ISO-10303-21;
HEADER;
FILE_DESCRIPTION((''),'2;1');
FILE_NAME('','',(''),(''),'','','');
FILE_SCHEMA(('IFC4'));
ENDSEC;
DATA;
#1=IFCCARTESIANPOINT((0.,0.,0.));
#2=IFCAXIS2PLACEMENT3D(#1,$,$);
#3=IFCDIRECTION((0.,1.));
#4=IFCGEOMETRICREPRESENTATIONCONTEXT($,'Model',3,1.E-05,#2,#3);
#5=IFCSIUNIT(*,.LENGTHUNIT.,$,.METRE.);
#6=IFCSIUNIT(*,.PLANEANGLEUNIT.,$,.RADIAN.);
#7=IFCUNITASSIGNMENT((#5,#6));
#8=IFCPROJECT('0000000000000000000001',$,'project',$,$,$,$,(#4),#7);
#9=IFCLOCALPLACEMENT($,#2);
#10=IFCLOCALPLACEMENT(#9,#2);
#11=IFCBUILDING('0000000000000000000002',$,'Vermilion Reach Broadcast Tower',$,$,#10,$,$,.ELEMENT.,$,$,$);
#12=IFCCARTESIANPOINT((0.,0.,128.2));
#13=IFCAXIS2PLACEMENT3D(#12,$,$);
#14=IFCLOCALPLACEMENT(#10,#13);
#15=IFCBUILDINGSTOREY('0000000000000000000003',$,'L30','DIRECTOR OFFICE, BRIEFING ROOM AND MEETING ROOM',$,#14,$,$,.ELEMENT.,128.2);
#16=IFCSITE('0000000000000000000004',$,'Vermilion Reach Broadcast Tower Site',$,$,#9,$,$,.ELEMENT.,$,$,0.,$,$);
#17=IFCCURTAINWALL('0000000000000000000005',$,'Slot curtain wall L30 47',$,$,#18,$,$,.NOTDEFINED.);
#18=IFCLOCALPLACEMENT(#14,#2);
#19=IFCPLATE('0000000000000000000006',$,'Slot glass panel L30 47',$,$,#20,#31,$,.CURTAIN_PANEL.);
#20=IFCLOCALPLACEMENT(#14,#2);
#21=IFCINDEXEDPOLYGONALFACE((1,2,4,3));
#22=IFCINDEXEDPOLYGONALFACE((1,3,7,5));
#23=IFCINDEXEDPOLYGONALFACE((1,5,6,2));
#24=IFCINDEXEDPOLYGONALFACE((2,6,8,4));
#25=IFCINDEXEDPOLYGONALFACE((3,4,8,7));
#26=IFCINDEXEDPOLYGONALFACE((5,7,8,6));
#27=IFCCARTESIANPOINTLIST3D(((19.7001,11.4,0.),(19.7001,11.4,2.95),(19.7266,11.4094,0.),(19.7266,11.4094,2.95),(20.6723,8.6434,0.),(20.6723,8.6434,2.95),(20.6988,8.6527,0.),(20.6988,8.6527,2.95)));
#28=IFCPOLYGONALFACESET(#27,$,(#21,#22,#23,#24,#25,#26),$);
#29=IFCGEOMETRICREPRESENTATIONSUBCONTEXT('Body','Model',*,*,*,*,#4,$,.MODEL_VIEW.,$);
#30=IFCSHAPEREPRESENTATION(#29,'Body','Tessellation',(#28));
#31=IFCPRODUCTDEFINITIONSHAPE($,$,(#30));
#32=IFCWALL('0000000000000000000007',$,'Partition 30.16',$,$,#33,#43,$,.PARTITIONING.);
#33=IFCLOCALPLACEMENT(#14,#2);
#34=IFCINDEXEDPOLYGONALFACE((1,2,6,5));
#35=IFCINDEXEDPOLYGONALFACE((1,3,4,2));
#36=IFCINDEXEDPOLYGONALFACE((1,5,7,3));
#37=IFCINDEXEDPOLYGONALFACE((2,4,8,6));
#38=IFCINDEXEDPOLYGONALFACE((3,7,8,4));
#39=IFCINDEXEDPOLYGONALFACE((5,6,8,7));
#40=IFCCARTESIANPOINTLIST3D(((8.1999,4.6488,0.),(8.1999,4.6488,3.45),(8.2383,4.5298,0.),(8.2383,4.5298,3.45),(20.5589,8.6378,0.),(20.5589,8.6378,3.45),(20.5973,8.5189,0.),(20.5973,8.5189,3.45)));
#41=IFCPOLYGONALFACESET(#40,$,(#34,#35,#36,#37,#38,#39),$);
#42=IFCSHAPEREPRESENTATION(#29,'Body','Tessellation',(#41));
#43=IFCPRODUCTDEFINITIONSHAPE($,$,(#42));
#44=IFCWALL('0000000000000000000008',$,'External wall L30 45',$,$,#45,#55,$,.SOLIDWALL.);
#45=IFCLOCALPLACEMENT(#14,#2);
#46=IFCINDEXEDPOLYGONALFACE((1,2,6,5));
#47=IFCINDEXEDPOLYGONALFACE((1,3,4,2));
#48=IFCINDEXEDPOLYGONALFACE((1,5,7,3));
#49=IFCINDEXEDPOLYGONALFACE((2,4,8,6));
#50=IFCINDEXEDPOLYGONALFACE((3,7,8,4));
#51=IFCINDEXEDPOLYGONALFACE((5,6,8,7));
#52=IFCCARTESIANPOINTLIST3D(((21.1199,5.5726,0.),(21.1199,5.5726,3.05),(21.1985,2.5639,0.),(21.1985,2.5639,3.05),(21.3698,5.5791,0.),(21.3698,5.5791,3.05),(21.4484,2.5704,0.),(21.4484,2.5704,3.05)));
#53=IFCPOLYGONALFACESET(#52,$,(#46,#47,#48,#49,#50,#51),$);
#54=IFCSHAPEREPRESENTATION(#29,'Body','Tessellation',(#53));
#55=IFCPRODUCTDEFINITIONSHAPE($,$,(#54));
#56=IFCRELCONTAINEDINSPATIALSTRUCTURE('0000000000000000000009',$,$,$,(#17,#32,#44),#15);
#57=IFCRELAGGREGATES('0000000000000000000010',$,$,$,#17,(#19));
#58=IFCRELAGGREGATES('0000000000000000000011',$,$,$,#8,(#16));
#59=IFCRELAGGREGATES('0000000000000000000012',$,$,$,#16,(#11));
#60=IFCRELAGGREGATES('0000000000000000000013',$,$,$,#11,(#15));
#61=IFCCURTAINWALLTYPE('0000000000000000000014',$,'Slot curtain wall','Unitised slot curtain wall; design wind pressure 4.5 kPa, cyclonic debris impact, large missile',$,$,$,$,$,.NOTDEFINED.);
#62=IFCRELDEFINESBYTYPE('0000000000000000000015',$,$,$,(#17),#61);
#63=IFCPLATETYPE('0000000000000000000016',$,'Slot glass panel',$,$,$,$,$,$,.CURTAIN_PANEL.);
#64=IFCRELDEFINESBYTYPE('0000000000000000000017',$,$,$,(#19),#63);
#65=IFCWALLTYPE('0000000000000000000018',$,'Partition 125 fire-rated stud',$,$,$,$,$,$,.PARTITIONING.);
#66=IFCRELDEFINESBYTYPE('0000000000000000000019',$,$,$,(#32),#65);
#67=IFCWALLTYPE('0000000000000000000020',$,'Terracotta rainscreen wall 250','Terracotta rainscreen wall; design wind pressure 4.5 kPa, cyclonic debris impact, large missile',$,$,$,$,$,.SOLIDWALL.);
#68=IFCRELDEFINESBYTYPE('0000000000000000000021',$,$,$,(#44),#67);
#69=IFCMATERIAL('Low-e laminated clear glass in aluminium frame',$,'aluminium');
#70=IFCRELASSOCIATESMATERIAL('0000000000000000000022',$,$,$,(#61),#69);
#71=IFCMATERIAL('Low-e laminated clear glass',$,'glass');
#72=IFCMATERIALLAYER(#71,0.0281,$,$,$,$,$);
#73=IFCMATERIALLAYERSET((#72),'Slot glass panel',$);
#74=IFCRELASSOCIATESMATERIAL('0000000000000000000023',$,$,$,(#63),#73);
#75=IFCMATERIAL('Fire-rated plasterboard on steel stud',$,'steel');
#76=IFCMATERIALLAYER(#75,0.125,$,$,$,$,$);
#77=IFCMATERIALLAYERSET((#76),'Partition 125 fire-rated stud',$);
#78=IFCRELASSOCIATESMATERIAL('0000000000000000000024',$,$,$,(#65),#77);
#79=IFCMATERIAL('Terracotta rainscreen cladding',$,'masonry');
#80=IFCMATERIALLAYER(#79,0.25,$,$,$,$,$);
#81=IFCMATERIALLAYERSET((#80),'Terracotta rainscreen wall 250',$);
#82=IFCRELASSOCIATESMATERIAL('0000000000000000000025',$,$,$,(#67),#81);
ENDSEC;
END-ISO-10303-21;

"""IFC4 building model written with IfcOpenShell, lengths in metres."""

from ifc_helpers import new_model, si_unit, direction, frame, frame_2d, origin, origin_2d, place, context, subcontext, project, spatial, rectangle, extrude, material, layer, layer_set, type_object, element, aggregate, save


model = new_model("IFC4")

# Units and contexts
model_context = context("Model", 3, precision=1e-05, world=origin(), true_north=direction((0.0, 1.0)))
body_context = subcontext(model_context, "Body", "Model", "MODEL_VIEW")
ifc_project = project(units=[si_unit("LENGTHUNIT", "METRE"), si_unit("PLANEANGLEUNIT", "RADIAN")], contexts=[model_context])

# Site, building, storey
site_placement = place(None, origin())
site = spatial("IfcSite", under=ifc_project, at=site_placement, Name="Vermilion Reach Broadcast Tower Site", CompositionType="ELEMENT", RefElevation=0.0)
building_placement = place(site_placement, origin())
building = spatial("IfcBuilding", under=site, at=building_placement, Name="Vermilion Reach Broadcast Tower", CompositionType="ELEMENT")
storey_placement = place(building_placement, frame((0.0, 0.0, 128.2)))
storey = spatial("IfcBuildingStorey", under=building, at=storey_placement, Name="L30", Description="DIRECTOR OFFICE, BRIEFING ROOM AND MEETING ROOM", CompositionType="ELEMENT", Elevation=128.2)

# Curtain wall
ifc_material_1 = material(Name="Low-e laminated clear glass in aluminium frame", Category="aluminium")
curtain_wall_type = type_object("IfcCurtainWallType", Name="Slot curtain wall", Description="Unitised slot curtain wall; design wind pressure 4.5 kPa, cyclonic debris impact, large missile", PredefinedType="NOTDEFINED", material=ifc_material_1)
placement = place(storey_placement, origin())
curtain_wall_1 = element("IfcCurtainWall", 1, at=placement, inside=storey, type_object=curtain_wall_type, Name="Slot curtain wall L30 47", PredefinedType="NOTDEFINED")

# Plate
ifc_material_2 = material(Name="Low-e laminated clear glass", Category="glass")
ifc_layer_1 = layer(ifc_material_2, 0.0281)
ifc_layer_set_1 = layer_set([ifc_layer_1], Name="Slot glass panel")
plate_type = type_object("IfcPlateType", Name="Slot glass panel", PredefinedType="CURTAIN_PANEL", material=ifc_layer_set_1)
plate_1_placement = place(storey_placement, frame((20.1995, 10.0264, 0.0), z_axis=(0.0, 0.0, 1.0), x_axis=(-0.332602, 0.943067, 0.0)))
plate_1 = element("IfcPlate", 2, at=plate_1_placement, type_object=plate_type, Name="Slot glass panel L30 47", PredefinedType="CURTAIN_PANEL", context=body_context, shape_type="SweptSolid", body=[
    extrude(rectangle(XDim=2.9231, YDim=0.0281, at=origin_2d()), origin(), (0.0, 0.0, 1.0), 2.95),
])
aggregate(curtain_wall_1, [plate_1])

# Walls
ifc_material_3 = material(Name="Fire-rated plasterboard on steel stud", Category="steel")
ifc_layer_2 = layer(ifc_material_3, 0.125)
ifc_layer_set_2 = layer_set([ifc_layer_2], Name="Partition 125 fire-rated stud")
wall_type_1 = type_object("IfcWallType", Name="Partition 125 fire-rated stud", PredefinedType="PARTITIONING", material=ifc_layer_set_2)
wall_1_placement = place(storey_placement, frame((20.5781, 8.5784, 0.0), z_axis=(0.0, 0.0, 1.0), x_axis=(-0.951657, -0.307162, 0.0)))
element("IfcWall", 3, at=wall_1_placement, inside=storey, type_object=wall_type_1, Name="Partition 30.16", PredefinedType="PARTITIONING", context=body_context, shape_type="SweptSolid", body=[
    extrude(rectangle(XDim=12.9868, YDim=0.125, at=frame_2d((6.4934, 0.0))), origin(), (0.0, 0.0, 1.0), 3.45),
])
ifc_material_4 = material(Name="Terracotta rainscreen cladding", Category="masonry")
ifc_layer_3 = layer(ifc_material_4, 0.25)
ifc_layer_set_3 = layer_set([ifc_layer_3], Name="Terracotta rainscreen wall 250")
wall_type_2 = type_object("IfcWallType", Name="Terracotta rainscreen wall 250", Description="Terracotta rainscreen wall; design wind pressure 4.5 kPa, cyclonic debris impact, large missile", PredefinedType="SOLIDWALL", material=ifc_layer_set_3)
wall_2_placement = place(storey_placement, frame((21.3235, 2.5671, 0.0), z_axis=(0.0, 0.0, 1.0), x_axis=(-0.026119, 0.999659, 0.0)))
element("IfcWall", 4, at=wall_2_placement, inside=storey, type_object=wall_type_2, Name="External wall L30 45", PredefinedType="SOLIDWALL", context=body_context, shape_type="SweptSolid", body=[
    extrude(rectangle(XDim=3.0098, YDim=0.25, at=frame_2d((1.5049, 0.0))), origin(), (0.0, 0.0, 1.0), 3.05),
])

save(model, "model.ifc")
